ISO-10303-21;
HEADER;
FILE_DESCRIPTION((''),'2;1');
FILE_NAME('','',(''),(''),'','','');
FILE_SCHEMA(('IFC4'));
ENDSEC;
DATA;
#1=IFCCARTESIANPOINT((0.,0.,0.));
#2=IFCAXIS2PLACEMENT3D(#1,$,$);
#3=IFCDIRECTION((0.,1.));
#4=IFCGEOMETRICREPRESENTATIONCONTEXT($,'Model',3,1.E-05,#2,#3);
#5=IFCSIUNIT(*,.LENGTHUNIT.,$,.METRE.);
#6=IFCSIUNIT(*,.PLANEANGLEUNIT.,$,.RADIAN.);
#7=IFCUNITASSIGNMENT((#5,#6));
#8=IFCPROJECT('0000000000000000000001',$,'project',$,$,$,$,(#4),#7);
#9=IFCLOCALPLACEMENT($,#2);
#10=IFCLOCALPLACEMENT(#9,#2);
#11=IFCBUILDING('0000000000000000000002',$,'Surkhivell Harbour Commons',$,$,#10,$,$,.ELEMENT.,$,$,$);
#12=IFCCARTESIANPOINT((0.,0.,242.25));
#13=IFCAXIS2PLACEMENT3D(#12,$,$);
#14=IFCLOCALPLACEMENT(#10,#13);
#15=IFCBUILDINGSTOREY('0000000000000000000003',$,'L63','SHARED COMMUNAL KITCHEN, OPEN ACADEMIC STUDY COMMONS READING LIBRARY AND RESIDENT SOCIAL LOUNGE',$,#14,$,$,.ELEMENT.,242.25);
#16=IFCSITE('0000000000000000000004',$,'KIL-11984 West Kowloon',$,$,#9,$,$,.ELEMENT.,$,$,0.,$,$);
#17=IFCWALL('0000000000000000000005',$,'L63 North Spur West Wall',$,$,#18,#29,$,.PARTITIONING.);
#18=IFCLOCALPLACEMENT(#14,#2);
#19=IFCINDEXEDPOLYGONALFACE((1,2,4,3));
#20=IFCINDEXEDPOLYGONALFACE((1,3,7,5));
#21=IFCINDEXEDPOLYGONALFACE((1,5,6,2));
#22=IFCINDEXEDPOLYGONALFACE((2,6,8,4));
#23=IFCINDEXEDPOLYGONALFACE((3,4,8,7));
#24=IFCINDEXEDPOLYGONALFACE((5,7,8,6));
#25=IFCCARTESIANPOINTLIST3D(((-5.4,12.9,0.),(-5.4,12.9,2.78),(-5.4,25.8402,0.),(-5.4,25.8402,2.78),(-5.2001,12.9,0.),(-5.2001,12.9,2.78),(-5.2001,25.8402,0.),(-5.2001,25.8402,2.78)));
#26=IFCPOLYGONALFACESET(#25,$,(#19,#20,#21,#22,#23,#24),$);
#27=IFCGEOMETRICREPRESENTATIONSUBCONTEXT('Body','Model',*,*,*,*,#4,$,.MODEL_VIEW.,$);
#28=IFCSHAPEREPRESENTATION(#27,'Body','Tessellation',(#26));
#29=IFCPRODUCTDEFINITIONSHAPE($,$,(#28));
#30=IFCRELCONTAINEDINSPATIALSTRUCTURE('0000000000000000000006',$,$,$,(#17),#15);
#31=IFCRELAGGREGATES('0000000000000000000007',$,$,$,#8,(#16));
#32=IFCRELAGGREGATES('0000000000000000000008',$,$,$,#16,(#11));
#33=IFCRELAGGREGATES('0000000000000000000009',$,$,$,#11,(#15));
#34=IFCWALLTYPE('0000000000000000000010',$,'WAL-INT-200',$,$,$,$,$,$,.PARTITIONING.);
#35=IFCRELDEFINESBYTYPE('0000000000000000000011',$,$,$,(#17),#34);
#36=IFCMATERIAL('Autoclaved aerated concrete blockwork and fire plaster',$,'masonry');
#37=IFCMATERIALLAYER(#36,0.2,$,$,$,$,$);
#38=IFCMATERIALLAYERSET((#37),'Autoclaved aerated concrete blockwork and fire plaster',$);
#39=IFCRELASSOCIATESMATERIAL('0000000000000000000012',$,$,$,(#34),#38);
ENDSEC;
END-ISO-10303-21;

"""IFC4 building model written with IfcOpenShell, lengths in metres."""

from ifc_helpers import new_model, si_unit, direction, frame, frame_2d, origin, place, context, subcontext, project, spatial, rectangle, extrude, material, layer, layer_set, type_object, element, save


model = new_model("IFC4")

# Units and contexts
model_context = context("Model", 3, precision=1e-05, world=origin(), true_north=direction((0.0, 1.0)))
body_context = subcontext(model_context, "Body", "Model", "MODEL_VIEW")
ifc_project = project(units=[si_unit("LENGTHUNIT", "METRE"), si_unit("PLANEANGLEUNIT", "RADIAN")], contexts=[model_context])

# Site, building, storey
site_placement = place(None, origin())
site = spatial("IfcSite", under=ifc_project, at=site_placement, Name="KIL-11984 West Kowloon", CompositionType="ELEMENT", RefElevation=0.0)
building_placement = place(site_placement, origin())
building = spatial("IfcBuilding", under=site, at=building_placement, Name="Surkhivell Harbour Commons", CompositionType="ELEMENT")
storey_placement = place(building_placement, frame((0.0, 0.0, 242.25)))
storey = spatial("IfcBuildingStorey", under=building, at=storey_placement, Name="L63", Description="SHARED COMMUNAL KITCHEN, OPEN ACADEMIC STUDY COMMONS READING LIBRARY AND RESIDENT SOCIAL LOUNGE", CompositionType="ELEMENT", Elevation=242.25)

# Shared definitions
ifc_material_1 = material(Name="Autoclaved aerated concrete blockwork and fire plaster", Category="masonry")
ifc_layer_1 = layer(ifc_material_1, 0.2)
ifc_layer_set_1 = layer_set([ifc_layer_1], Name="Autoclaved aerated concrete blockwork and fire plaster")
wall_type_1 = type_object("IfcWallType", Name="WAL-INT-200", PredefinedType="PARTITIONING", material=ifc_layer_set_1)

# Wall
for number, where, z_axis, x_axis, name in (
    (1, (-5.3, 12.8999, 0.0), (0.0, 0.0, 1.0), (0.0, 1.0, 0.0), "L63 North Spur West Wall"),
):
    element("IfcWall", number, at=place(storey_placement, frame(where, z_axis=z_axis, x_axis=x_axis)), inside=storey, type_object=wall_type_1, Name=name, PredefinedType="PARTITIONING", context=body_context, shape_type="SweptSolid", body=[
        extrude(rectangle(XDim=12.9402, YDim=0.2, at=frame_2d((6.4702, 0.0))), origin(), (0.0, 0.0, 1.0), 2.78),
    ])

save(model, "model.ifc")
